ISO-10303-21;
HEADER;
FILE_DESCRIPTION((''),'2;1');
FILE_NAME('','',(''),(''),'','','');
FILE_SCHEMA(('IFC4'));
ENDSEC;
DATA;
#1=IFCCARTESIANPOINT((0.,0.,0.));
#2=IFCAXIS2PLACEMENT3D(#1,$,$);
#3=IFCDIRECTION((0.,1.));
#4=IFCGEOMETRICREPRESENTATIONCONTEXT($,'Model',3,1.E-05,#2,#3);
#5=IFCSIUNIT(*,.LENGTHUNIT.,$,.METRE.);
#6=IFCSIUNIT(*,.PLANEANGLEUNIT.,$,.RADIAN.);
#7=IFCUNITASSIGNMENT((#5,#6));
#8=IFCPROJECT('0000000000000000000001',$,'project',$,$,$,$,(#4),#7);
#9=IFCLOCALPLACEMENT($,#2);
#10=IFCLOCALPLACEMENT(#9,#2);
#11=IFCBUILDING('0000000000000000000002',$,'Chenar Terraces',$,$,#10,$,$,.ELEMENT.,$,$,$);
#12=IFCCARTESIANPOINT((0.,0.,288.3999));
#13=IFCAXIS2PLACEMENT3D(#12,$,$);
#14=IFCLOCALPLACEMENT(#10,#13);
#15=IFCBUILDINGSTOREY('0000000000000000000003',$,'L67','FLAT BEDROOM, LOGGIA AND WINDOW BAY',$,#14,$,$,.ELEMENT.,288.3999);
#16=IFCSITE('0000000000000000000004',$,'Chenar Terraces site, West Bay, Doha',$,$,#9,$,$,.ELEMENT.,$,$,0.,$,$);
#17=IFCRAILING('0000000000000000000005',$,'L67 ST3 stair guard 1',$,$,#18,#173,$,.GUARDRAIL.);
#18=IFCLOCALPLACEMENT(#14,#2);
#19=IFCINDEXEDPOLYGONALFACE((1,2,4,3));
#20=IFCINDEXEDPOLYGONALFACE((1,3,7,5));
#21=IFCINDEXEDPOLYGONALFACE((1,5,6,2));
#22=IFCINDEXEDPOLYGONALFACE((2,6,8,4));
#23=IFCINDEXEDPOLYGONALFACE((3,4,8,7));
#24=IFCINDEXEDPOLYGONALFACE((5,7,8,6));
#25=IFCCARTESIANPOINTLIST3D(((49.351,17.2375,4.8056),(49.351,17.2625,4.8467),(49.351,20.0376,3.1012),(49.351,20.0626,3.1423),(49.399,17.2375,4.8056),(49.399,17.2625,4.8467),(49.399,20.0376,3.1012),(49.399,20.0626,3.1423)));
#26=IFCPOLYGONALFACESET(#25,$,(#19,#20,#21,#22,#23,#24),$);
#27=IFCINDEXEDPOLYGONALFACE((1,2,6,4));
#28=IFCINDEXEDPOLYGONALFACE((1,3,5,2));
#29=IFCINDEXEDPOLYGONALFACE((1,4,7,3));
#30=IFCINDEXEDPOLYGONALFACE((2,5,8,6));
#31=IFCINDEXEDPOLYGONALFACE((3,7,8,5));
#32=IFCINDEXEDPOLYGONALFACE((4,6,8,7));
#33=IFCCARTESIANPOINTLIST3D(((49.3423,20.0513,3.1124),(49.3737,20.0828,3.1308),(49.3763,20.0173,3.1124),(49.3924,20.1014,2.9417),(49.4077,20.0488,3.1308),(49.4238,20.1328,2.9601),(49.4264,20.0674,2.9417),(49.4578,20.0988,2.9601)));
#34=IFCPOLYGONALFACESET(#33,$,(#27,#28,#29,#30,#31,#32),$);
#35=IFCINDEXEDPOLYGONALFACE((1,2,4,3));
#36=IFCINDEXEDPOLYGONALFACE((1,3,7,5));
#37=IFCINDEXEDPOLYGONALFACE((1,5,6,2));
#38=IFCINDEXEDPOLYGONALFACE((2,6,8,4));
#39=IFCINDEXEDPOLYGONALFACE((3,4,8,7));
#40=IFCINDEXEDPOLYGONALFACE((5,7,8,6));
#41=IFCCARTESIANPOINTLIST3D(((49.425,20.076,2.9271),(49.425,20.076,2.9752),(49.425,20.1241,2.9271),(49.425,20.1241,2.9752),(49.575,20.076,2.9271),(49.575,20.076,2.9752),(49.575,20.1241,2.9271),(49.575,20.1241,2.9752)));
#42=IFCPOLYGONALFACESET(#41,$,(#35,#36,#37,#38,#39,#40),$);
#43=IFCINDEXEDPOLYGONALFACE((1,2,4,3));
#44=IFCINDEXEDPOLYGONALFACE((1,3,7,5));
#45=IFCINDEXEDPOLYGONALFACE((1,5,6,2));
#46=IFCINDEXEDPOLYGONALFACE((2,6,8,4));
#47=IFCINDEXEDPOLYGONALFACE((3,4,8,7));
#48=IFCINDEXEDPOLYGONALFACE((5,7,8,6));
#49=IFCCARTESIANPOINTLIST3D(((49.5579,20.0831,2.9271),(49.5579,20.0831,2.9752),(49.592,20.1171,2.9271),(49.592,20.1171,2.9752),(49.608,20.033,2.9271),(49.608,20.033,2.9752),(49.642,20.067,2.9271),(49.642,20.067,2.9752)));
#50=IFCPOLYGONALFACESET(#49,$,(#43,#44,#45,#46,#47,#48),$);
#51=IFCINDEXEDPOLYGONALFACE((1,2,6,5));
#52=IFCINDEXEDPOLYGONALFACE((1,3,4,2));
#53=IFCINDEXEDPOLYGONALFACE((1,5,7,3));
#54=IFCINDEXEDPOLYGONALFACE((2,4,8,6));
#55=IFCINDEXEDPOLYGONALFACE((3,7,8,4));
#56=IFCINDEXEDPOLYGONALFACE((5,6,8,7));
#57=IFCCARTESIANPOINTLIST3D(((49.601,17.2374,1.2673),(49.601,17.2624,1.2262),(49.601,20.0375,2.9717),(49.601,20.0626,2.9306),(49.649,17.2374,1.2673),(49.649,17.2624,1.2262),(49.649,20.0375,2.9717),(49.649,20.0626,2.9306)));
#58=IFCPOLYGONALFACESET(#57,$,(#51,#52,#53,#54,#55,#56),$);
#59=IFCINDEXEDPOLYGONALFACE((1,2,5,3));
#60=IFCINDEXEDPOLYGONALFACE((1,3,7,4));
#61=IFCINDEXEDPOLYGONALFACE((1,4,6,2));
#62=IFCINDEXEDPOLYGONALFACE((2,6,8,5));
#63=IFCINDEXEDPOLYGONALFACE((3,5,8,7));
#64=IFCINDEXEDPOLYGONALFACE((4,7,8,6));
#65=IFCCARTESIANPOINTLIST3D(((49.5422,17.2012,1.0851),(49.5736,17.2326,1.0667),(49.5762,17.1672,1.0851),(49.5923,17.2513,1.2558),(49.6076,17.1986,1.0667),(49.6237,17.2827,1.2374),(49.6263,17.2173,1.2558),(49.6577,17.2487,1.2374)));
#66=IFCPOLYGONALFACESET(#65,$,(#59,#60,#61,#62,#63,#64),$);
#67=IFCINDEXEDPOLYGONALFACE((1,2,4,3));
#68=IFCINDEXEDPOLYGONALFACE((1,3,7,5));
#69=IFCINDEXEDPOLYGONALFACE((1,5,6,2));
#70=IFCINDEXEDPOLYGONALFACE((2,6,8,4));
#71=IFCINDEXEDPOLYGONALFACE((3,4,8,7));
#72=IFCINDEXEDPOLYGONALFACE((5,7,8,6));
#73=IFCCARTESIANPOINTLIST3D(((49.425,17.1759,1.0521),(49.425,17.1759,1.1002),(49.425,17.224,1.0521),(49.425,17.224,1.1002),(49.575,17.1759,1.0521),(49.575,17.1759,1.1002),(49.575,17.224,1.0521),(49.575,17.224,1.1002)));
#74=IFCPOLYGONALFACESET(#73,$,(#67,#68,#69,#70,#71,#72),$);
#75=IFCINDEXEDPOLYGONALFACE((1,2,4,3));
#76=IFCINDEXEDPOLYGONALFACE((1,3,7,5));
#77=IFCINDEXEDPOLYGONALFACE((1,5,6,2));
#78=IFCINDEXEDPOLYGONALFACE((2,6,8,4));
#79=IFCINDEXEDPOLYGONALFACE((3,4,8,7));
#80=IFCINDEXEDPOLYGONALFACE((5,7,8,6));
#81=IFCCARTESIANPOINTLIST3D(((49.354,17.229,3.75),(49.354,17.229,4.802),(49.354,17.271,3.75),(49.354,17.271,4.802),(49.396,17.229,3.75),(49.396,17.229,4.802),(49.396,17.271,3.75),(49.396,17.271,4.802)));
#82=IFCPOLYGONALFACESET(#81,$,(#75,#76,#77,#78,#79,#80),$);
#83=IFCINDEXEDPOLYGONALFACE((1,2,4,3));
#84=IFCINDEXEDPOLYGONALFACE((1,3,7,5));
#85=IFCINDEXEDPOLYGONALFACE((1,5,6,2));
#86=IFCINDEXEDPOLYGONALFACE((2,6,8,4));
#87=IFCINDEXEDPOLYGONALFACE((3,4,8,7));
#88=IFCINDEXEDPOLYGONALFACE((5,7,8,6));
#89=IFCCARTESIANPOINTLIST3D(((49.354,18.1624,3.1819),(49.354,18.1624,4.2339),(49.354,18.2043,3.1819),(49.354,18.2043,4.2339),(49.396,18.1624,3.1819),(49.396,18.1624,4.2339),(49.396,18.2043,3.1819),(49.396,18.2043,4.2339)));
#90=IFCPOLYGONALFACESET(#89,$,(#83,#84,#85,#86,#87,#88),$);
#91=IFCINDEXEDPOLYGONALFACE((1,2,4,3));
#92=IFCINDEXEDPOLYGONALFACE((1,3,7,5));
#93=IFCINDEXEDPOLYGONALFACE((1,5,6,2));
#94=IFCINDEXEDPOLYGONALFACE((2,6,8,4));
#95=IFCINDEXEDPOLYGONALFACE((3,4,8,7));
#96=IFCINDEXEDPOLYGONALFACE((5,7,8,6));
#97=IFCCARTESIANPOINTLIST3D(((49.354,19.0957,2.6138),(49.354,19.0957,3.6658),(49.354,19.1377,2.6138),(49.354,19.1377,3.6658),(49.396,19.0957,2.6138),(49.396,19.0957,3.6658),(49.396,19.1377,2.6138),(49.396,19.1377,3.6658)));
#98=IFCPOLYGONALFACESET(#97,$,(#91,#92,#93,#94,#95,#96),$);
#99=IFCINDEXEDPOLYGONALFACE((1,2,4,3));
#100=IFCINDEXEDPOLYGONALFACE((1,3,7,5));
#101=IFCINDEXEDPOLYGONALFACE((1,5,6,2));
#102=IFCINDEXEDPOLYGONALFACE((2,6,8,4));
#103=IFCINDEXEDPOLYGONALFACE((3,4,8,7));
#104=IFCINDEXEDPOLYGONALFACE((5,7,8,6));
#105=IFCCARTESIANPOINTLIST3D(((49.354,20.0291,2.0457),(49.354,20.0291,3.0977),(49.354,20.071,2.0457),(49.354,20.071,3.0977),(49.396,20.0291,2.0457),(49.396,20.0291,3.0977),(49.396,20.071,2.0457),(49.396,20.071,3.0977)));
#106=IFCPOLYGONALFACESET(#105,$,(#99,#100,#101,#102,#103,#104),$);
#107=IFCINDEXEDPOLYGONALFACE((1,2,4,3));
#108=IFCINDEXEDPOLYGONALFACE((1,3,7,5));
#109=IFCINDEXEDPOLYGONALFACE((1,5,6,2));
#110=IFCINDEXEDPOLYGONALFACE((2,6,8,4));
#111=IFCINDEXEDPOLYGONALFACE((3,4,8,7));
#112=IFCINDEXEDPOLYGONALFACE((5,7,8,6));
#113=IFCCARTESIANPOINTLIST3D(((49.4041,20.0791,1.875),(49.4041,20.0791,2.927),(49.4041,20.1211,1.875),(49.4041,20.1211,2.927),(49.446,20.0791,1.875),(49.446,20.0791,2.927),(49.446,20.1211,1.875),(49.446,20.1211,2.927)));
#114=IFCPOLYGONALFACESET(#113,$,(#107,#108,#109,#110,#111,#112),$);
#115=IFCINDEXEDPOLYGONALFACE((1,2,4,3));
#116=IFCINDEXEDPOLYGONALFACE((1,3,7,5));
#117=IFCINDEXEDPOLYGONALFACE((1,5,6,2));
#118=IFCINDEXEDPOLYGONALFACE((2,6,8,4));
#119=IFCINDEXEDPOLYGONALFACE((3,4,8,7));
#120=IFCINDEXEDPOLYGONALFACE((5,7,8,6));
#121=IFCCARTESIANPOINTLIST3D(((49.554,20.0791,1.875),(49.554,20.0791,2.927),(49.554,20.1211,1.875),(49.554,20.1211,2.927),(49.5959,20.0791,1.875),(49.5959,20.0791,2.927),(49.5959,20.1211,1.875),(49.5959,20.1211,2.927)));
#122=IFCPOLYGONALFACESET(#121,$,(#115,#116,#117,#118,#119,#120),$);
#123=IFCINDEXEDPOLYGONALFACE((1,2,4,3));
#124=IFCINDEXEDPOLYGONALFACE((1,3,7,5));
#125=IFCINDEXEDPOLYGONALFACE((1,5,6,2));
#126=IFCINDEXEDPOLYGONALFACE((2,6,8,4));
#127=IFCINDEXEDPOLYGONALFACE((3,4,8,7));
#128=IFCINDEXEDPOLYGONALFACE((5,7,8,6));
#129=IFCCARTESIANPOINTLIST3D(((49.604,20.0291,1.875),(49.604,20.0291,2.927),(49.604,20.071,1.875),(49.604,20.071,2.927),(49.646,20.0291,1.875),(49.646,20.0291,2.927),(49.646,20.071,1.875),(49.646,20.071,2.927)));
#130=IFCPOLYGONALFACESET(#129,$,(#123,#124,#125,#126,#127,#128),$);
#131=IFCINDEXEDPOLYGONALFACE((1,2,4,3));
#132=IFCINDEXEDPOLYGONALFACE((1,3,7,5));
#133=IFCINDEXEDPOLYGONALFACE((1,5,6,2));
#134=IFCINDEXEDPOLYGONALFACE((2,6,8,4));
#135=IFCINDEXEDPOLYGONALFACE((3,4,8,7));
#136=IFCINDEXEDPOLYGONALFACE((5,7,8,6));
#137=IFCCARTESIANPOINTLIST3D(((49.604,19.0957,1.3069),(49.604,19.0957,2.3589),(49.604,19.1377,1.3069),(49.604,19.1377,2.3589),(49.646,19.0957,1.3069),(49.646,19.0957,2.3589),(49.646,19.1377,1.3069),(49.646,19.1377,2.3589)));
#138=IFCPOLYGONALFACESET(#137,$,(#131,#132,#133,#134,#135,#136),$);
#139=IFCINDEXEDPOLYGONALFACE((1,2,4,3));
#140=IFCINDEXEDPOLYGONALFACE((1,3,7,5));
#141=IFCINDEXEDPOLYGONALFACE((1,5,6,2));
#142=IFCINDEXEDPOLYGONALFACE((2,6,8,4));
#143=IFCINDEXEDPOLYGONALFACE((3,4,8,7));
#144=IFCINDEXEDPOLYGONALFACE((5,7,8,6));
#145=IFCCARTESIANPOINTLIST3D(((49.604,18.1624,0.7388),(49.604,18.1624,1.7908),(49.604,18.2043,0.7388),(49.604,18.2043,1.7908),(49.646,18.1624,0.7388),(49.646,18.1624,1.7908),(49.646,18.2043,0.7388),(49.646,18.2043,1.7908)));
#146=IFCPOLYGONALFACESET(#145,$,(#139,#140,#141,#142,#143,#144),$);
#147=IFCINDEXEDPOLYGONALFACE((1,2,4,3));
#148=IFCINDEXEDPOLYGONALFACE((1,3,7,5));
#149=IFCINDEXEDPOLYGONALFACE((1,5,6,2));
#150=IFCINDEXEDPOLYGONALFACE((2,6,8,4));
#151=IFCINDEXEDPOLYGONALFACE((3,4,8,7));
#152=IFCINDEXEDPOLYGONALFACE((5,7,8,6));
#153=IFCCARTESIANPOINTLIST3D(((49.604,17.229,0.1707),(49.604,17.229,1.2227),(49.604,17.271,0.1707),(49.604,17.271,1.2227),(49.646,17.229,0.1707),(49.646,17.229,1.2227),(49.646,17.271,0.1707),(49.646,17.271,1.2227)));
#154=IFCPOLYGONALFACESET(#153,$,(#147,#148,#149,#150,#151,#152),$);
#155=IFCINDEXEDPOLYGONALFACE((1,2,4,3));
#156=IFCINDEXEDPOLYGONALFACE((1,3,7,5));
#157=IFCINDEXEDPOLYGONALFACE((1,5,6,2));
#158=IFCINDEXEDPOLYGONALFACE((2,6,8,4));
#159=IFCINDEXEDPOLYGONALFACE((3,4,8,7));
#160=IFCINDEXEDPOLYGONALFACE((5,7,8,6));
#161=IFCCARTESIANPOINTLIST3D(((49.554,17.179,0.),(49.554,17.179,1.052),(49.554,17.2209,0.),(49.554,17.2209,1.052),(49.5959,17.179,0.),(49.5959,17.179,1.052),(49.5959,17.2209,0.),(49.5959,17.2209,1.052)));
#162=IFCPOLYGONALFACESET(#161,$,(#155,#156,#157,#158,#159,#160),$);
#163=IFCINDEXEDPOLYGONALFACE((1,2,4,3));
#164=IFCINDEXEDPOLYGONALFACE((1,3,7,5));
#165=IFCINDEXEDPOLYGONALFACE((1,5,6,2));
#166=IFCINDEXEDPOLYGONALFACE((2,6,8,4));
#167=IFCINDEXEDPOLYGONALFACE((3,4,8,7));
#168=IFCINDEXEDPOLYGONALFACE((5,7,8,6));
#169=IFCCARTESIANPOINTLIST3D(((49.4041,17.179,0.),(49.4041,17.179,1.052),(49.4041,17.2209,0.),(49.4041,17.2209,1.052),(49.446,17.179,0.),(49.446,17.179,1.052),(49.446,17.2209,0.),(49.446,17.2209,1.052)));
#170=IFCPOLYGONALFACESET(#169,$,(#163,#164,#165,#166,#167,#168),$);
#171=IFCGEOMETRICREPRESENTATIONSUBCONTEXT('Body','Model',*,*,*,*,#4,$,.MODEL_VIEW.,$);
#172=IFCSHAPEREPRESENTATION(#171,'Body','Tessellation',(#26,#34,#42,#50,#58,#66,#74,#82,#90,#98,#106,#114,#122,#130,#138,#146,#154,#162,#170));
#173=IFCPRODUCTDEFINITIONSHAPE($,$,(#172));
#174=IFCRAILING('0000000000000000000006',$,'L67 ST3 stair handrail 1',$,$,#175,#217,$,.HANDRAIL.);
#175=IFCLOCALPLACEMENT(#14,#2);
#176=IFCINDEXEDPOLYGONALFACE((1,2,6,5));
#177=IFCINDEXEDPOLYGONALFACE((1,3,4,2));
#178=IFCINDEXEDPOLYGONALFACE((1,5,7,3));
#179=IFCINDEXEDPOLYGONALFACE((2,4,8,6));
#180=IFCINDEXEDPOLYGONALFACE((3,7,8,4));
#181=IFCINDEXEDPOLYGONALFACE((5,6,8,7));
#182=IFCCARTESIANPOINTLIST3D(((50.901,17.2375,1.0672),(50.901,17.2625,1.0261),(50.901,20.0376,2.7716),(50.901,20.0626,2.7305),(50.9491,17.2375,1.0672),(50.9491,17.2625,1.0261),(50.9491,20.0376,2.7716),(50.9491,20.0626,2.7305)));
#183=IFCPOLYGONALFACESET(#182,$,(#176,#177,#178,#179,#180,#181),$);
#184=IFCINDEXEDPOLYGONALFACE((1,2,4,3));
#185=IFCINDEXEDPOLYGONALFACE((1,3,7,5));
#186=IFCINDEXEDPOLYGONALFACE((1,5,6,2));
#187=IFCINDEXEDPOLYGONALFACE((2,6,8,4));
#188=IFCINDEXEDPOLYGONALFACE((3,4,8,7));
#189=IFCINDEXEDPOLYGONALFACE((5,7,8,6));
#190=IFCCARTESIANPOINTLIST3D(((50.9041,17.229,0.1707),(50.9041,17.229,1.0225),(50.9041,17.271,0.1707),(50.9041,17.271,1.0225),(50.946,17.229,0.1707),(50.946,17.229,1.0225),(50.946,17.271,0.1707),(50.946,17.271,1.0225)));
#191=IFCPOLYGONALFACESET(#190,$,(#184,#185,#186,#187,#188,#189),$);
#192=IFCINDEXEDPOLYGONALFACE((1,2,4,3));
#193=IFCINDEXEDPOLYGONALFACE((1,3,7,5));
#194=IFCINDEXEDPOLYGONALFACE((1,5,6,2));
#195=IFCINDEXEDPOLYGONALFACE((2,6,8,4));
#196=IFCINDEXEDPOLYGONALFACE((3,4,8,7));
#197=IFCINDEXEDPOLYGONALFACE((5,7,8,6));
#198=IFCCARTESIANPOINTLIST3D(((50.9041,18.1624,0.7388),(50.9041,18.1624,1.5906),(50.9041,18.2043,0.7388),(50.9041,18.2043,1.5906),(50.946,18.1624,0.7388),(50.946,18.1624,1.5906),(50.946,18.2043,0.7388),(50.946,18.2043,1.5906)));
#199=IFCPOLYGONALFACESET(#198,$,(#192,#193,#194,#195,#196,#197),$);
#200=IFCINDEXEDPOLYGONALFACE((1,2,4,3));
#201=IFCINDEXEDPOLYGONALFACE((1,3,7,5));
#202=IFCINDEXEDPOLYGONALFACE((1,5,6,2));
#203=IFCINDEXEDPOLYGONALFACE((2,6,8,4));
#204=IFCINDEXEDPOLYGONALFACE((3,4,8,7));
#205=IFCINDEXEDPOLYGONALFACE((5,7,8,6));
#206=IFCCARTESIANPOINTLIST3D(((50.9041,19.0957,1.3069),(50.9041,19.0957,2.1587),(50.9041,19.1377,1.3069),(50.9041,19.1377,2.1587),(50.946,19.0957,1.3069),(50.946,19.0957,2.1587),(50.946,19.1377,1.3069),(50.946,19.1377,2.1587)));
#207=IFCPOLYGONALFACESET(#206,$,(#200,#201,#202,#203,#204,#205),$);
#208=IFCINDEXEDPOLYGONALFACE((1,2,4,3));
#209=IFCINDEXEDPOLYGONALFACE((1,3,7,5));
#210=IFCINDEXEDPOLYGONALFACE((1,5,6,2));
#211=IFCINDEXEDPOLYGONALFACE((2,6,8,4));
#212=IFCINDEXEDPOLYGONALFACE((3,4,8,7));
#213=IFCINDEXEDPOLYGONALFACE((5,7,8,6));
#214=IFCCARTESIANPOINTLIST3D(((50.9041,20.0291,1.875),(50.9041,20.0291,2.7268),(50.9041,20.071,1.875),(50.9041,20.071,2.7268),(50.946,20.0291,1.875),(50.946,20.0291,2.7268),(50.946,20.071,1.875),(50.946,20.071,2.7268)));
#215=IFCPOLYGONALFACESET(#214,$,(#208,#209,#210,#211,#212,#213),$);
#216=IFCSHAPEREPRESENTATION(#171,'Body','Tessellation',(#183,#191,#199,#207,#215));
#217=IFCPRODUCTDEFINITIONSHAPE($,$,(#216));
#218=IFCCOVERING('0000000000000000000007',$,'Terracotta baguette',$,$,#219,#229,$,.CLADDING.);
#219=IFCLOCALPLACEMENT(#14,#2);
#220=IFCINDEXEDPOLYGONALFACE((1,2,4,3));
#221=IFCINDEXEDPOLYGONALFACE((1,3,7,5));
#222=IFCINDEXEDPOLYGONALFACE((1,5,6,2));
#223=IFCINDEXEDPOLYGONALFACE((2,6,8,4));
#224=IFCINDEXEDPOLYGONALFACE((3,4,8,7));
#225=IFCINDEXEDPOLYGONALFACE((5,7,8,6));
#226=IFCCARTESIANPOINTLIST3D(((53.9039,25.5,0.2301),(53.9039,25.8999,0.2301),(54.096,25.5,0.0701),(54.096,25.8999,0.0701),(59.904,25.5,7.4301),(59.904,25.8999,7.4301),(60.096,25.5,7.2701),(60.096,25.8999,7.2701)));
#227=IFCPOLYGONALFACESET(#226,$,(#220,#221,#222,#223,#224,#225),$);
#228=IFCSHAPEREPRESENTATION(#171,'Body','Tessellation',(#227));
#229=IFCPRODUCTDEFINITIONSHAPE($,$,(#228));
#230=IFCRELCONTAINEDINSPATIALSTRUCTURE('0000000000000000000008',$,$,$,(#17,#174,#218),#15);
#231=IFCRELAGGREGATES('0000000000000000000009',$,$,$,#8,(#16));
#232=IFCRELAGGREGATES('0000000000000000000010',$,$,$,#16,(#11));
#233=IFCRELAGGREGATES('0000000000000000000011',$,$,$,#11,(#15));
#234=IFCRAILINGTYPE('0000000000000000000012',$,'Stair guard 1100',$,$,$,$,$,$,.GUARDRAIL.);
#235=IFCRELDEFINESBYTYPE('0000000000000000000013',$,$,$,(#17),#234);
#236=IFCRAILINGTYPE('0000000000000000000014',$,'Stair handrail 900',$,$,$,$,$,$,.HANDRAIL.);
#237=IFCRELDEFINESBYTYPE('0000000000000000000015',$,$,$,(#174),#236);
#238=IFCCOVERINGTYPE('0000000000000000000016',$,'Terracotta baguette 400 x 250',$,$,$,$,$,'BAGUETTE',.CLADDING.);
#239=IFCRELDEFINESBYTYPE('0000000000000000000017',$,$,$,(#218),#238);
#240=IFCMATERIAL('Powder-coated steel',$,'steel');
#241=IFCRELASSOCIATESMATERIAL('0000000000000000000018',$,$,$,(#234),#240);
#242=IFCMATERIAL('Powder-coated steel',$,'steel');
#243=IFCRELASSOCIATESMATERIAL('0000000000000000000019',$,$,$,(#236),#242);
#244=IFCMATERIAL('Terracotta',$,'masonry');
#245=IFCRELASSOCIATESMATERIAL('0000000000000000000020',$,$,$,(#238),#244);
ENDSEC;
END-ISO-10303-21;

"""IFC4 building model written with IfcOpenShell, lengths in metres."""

from ifc_helpers import new_model, si_unit, direction, frame, origin, origin_2d, place, context, subcontext, project, spatial, rectangle, extrude, material, material_profile, profile_set, type_object, element, save


model = new_model("IFC4")

# Units and contexts
model_context = context("Model", 3, precision=1e-05, world=origin(), true_north=direction((0.0, 1.0)))
body_context = subcontext(model_context, "Body", "Model", "MODEL_VIEW")
ifc_project = project(units=[si_unit("LENGTHUNIT", "METRE"), si_unit("PLANEANGLEUNIT", "RADIAN")], contexts=[model_context])

# Site, building, storey
site_placement = place(None, origin())
site = spatial("IfcSite", under=ifc_project, at=site_placement, Name="Chenar Terraces site, West Bay, Doha", CompositionType="ELEMENT", RefElevation=0.0)
building_placement = place(site_placement, origin())
building = spatial("IfcBuilding", under=site, at=building_placement, Name="Chenar Terraces", CompositionType="ELEMENT")
storey_placement = place(building_placement, frame((0.0, 0.0, 288.3999)))
storey = spatial("IfcBuildingStorey", under=building, at=storey_placement, Name="L67", Description="FLAT BEDROOM, LOGGIA AND WINDOW BAY", CompositionType="ELEMENT", Elevation=288.3999)

# Railings
ifc_material_1 = material(Name="Powder-coated steel", Category="steel")
railing_type_1 = type_object("IfcRailingType", Name="Stair guard 1100", PredefinedType="GUARDRAIL", material=ifc_material_1)
railing_1_placement = place(storey_placement, frame((49.375, 17.25, 3.75)))
element("IfcRailing", 1, at=railing_1_placement, inside=storey, type_object=railing_type_1, Name="L67 ST3 stair guard 1", PredefinedType="GUARDRAIL", context=body_context, shape_type="SweptSolid", body=[
    extrude(rectangle(XDim=0.0481, YDim=0.0481, at=origin_2d()), frame((0.0, 0.0, 1.0762), z_axis=(0.0, 0.854203, -0.51994), x_axis=(-1.0, 0.0, 0.0)), (0.0, 0.0, 1.0), 3.2781),
    extrude(rectangle(XDim=0.0481, YDim=0.0481, at=origin_2d()), frame((0.0, 2.8, -0.6284), z_axis=(0.2709, 0.2709, -0.923703), x_axis=(-0.707107, 0.707107, 0.0)), (0.0, 0.0, 1.0), 0.1848),
    extrude(rectangle(XDim=0.0481, YDim=0.0481, at=origin_2d()), frame((0.05, 2.8501, -0.7988), z_axis=(1.0, 0.0, 0.0), x_axis=(0.0, 1.0, 0.0)), (0.0, 0.0, 1.0), 0.1499),
    extrude(rectangle(XDim=0.0481, YDim=0.0481, at=origin_2d()), frame((0.2, 2.8501, -0.7988), z_axis=(0.707107, -0.707107, 0.0), x_axis=(0.707107, 0.707107, 0.0)), (0.0, 0.0, 1.0), 0.0708),
    extrude(rectangle(XDim=0.0481, YDim=0.0481, at=origin_2d()), frame((0.25, 2.8, -0.7988), z_axis=(0.0, -0.854203, -0.51994), x_axis=(1.0, 0.0, 0.0)), (0.0, 0.0, 1.0), 3.2781),
    extrude(rectangle(XDim=0.0481, YDim=0.0481, at=origin_2d()), frame((0.25, 0.0, -2.5034), z_axis=(-0.2709, -0.2709, -0.923703), x_axis=(0.707107, -0.707107, 0.0)), (0.0, 0.0, 1.0), 0.1848),
    extrude(rectangle(XDim=0.0481, YDim=0.0481, at=origin_2d()), frame((0.2, -0.05, -2.6738), z_axis=(-1.0, 0.0, 0.0), x_axis=(0.0, -1.0, 0.0)), (0.0, 0.0, 1.0), 0.1499),
    extrude(rectangle(XDim=0.042, YDim=0.042, at=origin_2d()), origin(), (0.0, 0.0, 1.0), 1.052),
    extrude(rectangle(XDim=0.042, YDim=0.042, at=origin_2d()), frame((0.0, 0.9333, -0.5681)), (0.0, 0.0, 1.0), 1.052),
    extrude(rectangle(XDim=0.042, YDim=0.042, at=origin_2d()), frame((0.0, 1.8667, -1.1362)), (0.0, 0.0, 1.0), 1.052),
    extrude(rectangle(XDim=0.042, YDim=0.042, at=origin_2d()), frame((0.0, 2.8, -1.7043)), (0.0, 0.0, 1.0), 1.052),
    extrude(rectangle(XDim=0.042, YDim=0.042, at=origin_2d()), frame((0.05, 2.8501, -1.875)), (0.0, 0.0, 1.0), 1.052),
    extrude(rectangle(XDim=0.042, YDim=0.042, at=origin_2d()), frame((0.2, 2.8501, -1.875)), (0.0, 0.0, 1.0), 1.052),
    extrude(rectangle(XDim=0.042, YDim=0.042, at=origin_2d()), frame((0.25, 2.8, -1.875)), (0.0, 0.0, 1.0), 1.052),
    extrude(rectangle(XDim=0.042, YDim=0.042, at=origin_2d()), frame((0.25, 1.8667, -2.4431)), (0.0, 0.0, 1.0), 1.052),
    extrude(rectangle(XDim=0.042, YDim=0.042, at=origin_2d()), frame((0.25, 0.9333, -3.0112)), (0.0, 0.0, 1.0), 1.052),
    extrude(rectangle(XDim=0.042, YDim=0.042, at=origin_2d()), frame((0.25, 0.0, -3.5793)), (0.0, 0.0, 1.0), 1.052),
    extrude(rectangle(XDim=0.042, YDim=0.042, at=origin_2d()), frame((0.2, -0.05, -3.75)), (0.0, 0.0, 1.0), 1.052),
    extrude(rectangle(XDim=0.042, YDim=0.042, at=origin_2d()), frame((0.05, -0.05, -3.75)), (0.0, 0.0, 1.0), 1.052),
])
ifc_material_2 = material(Name="Powder-coated steel", Category="steel")
railing_type_2 = type_object("IfcRailingType", Name="Stair handrail 900", PredefinedType="HANDRAIL", material=ifc_material_2)
railing_2_placement = place(storey_placement, frame((50.925, 17.25, 0.1707)))
element("IfcRailing", 2, at=railing_2_placement, inside=storey, type_object=railing_type_2, Name="L67 ST3 stair handrail 1", PredefinedType="HANDRAIL", context=body_context, shape_type="SweptSolid", body=[
    extrude(rectangle(XDim=0.0481, YDim=0.0481, at=origin_2d()), frame((0.0, 0.0, 0.876), z_axis=(0.0, 0.854203, 0.51994), x_axis=(-1.0, 0.0, 0.0)), (0.0, 0.0, 1.0), 3.2781),
    extrude(rectangle(XDim=0.042, YDim=0.042, at=origin_2d()), origin(), (0.0, 0.0, 1.0), 0.8518),
    extrude(rectangle(XDim=0.042, YDim=0.042, at=origin_2d()), frame((0.0, 0.9333, 0.5681)), (0.0, 0.0, 1.0), 0.8518),
    extrude(rectangle(XDim=0.042, YDim=0.042, at=origin_2d()), frame((0.0, 1.8667, 1.1362)), (0.0, 0.0, 1.0), 0.8518),
    extrude(rectangle(XDim=0.042, YDim=0.042, at=origin_2d()), frame((0.0, 2.8, 1.7043)), (0.0, 0.0, 1.0), 0.8518),
])

# Covering
ifc_material_3 = material(Name="Terracotta", Category="masonry")
ifc_material_profile_1 = material_profile(ifc_material_3, rectangle(XDim=0.3999, YDim=0.25, at=origin_2d()), Name="Terracotta baguette 400 x 250")
ifc_profile_set_1 = profile_set([ifc_material_profile_1], Name="Terracotta")
covering_type = type_object("IfcCoveringType", Name="Terracotta baguette 400 x 250", ElementType="BAGUETTE", PredefinedType="CLADDING", material=ifc_profile_set_1)
for number, where, z_axis, x_axis, name in (
    (3, (60.0, 25.7, 7.3501), (-0.640187, 0.0, -0.768219), (0.0, -1.0, 0.0), "Terracotta baguette"),
):
    element("IfcCovering", number, at=place(storey_placement, frame(where, z_axis=z_axis, x_axis=x_axis)), inside=storey, type_object=covering_type, Name=name, PredefinedType="CLADDING", context=body_context, shape_type="SweptSolid", body=[
        extrude(rectangle(XDim=0.3999, YDim=0.25, at=origin_2d()), origin(), (0.0, 0.0, 1.0), 9.3723),
    ])

save(model, "model.ifc")
